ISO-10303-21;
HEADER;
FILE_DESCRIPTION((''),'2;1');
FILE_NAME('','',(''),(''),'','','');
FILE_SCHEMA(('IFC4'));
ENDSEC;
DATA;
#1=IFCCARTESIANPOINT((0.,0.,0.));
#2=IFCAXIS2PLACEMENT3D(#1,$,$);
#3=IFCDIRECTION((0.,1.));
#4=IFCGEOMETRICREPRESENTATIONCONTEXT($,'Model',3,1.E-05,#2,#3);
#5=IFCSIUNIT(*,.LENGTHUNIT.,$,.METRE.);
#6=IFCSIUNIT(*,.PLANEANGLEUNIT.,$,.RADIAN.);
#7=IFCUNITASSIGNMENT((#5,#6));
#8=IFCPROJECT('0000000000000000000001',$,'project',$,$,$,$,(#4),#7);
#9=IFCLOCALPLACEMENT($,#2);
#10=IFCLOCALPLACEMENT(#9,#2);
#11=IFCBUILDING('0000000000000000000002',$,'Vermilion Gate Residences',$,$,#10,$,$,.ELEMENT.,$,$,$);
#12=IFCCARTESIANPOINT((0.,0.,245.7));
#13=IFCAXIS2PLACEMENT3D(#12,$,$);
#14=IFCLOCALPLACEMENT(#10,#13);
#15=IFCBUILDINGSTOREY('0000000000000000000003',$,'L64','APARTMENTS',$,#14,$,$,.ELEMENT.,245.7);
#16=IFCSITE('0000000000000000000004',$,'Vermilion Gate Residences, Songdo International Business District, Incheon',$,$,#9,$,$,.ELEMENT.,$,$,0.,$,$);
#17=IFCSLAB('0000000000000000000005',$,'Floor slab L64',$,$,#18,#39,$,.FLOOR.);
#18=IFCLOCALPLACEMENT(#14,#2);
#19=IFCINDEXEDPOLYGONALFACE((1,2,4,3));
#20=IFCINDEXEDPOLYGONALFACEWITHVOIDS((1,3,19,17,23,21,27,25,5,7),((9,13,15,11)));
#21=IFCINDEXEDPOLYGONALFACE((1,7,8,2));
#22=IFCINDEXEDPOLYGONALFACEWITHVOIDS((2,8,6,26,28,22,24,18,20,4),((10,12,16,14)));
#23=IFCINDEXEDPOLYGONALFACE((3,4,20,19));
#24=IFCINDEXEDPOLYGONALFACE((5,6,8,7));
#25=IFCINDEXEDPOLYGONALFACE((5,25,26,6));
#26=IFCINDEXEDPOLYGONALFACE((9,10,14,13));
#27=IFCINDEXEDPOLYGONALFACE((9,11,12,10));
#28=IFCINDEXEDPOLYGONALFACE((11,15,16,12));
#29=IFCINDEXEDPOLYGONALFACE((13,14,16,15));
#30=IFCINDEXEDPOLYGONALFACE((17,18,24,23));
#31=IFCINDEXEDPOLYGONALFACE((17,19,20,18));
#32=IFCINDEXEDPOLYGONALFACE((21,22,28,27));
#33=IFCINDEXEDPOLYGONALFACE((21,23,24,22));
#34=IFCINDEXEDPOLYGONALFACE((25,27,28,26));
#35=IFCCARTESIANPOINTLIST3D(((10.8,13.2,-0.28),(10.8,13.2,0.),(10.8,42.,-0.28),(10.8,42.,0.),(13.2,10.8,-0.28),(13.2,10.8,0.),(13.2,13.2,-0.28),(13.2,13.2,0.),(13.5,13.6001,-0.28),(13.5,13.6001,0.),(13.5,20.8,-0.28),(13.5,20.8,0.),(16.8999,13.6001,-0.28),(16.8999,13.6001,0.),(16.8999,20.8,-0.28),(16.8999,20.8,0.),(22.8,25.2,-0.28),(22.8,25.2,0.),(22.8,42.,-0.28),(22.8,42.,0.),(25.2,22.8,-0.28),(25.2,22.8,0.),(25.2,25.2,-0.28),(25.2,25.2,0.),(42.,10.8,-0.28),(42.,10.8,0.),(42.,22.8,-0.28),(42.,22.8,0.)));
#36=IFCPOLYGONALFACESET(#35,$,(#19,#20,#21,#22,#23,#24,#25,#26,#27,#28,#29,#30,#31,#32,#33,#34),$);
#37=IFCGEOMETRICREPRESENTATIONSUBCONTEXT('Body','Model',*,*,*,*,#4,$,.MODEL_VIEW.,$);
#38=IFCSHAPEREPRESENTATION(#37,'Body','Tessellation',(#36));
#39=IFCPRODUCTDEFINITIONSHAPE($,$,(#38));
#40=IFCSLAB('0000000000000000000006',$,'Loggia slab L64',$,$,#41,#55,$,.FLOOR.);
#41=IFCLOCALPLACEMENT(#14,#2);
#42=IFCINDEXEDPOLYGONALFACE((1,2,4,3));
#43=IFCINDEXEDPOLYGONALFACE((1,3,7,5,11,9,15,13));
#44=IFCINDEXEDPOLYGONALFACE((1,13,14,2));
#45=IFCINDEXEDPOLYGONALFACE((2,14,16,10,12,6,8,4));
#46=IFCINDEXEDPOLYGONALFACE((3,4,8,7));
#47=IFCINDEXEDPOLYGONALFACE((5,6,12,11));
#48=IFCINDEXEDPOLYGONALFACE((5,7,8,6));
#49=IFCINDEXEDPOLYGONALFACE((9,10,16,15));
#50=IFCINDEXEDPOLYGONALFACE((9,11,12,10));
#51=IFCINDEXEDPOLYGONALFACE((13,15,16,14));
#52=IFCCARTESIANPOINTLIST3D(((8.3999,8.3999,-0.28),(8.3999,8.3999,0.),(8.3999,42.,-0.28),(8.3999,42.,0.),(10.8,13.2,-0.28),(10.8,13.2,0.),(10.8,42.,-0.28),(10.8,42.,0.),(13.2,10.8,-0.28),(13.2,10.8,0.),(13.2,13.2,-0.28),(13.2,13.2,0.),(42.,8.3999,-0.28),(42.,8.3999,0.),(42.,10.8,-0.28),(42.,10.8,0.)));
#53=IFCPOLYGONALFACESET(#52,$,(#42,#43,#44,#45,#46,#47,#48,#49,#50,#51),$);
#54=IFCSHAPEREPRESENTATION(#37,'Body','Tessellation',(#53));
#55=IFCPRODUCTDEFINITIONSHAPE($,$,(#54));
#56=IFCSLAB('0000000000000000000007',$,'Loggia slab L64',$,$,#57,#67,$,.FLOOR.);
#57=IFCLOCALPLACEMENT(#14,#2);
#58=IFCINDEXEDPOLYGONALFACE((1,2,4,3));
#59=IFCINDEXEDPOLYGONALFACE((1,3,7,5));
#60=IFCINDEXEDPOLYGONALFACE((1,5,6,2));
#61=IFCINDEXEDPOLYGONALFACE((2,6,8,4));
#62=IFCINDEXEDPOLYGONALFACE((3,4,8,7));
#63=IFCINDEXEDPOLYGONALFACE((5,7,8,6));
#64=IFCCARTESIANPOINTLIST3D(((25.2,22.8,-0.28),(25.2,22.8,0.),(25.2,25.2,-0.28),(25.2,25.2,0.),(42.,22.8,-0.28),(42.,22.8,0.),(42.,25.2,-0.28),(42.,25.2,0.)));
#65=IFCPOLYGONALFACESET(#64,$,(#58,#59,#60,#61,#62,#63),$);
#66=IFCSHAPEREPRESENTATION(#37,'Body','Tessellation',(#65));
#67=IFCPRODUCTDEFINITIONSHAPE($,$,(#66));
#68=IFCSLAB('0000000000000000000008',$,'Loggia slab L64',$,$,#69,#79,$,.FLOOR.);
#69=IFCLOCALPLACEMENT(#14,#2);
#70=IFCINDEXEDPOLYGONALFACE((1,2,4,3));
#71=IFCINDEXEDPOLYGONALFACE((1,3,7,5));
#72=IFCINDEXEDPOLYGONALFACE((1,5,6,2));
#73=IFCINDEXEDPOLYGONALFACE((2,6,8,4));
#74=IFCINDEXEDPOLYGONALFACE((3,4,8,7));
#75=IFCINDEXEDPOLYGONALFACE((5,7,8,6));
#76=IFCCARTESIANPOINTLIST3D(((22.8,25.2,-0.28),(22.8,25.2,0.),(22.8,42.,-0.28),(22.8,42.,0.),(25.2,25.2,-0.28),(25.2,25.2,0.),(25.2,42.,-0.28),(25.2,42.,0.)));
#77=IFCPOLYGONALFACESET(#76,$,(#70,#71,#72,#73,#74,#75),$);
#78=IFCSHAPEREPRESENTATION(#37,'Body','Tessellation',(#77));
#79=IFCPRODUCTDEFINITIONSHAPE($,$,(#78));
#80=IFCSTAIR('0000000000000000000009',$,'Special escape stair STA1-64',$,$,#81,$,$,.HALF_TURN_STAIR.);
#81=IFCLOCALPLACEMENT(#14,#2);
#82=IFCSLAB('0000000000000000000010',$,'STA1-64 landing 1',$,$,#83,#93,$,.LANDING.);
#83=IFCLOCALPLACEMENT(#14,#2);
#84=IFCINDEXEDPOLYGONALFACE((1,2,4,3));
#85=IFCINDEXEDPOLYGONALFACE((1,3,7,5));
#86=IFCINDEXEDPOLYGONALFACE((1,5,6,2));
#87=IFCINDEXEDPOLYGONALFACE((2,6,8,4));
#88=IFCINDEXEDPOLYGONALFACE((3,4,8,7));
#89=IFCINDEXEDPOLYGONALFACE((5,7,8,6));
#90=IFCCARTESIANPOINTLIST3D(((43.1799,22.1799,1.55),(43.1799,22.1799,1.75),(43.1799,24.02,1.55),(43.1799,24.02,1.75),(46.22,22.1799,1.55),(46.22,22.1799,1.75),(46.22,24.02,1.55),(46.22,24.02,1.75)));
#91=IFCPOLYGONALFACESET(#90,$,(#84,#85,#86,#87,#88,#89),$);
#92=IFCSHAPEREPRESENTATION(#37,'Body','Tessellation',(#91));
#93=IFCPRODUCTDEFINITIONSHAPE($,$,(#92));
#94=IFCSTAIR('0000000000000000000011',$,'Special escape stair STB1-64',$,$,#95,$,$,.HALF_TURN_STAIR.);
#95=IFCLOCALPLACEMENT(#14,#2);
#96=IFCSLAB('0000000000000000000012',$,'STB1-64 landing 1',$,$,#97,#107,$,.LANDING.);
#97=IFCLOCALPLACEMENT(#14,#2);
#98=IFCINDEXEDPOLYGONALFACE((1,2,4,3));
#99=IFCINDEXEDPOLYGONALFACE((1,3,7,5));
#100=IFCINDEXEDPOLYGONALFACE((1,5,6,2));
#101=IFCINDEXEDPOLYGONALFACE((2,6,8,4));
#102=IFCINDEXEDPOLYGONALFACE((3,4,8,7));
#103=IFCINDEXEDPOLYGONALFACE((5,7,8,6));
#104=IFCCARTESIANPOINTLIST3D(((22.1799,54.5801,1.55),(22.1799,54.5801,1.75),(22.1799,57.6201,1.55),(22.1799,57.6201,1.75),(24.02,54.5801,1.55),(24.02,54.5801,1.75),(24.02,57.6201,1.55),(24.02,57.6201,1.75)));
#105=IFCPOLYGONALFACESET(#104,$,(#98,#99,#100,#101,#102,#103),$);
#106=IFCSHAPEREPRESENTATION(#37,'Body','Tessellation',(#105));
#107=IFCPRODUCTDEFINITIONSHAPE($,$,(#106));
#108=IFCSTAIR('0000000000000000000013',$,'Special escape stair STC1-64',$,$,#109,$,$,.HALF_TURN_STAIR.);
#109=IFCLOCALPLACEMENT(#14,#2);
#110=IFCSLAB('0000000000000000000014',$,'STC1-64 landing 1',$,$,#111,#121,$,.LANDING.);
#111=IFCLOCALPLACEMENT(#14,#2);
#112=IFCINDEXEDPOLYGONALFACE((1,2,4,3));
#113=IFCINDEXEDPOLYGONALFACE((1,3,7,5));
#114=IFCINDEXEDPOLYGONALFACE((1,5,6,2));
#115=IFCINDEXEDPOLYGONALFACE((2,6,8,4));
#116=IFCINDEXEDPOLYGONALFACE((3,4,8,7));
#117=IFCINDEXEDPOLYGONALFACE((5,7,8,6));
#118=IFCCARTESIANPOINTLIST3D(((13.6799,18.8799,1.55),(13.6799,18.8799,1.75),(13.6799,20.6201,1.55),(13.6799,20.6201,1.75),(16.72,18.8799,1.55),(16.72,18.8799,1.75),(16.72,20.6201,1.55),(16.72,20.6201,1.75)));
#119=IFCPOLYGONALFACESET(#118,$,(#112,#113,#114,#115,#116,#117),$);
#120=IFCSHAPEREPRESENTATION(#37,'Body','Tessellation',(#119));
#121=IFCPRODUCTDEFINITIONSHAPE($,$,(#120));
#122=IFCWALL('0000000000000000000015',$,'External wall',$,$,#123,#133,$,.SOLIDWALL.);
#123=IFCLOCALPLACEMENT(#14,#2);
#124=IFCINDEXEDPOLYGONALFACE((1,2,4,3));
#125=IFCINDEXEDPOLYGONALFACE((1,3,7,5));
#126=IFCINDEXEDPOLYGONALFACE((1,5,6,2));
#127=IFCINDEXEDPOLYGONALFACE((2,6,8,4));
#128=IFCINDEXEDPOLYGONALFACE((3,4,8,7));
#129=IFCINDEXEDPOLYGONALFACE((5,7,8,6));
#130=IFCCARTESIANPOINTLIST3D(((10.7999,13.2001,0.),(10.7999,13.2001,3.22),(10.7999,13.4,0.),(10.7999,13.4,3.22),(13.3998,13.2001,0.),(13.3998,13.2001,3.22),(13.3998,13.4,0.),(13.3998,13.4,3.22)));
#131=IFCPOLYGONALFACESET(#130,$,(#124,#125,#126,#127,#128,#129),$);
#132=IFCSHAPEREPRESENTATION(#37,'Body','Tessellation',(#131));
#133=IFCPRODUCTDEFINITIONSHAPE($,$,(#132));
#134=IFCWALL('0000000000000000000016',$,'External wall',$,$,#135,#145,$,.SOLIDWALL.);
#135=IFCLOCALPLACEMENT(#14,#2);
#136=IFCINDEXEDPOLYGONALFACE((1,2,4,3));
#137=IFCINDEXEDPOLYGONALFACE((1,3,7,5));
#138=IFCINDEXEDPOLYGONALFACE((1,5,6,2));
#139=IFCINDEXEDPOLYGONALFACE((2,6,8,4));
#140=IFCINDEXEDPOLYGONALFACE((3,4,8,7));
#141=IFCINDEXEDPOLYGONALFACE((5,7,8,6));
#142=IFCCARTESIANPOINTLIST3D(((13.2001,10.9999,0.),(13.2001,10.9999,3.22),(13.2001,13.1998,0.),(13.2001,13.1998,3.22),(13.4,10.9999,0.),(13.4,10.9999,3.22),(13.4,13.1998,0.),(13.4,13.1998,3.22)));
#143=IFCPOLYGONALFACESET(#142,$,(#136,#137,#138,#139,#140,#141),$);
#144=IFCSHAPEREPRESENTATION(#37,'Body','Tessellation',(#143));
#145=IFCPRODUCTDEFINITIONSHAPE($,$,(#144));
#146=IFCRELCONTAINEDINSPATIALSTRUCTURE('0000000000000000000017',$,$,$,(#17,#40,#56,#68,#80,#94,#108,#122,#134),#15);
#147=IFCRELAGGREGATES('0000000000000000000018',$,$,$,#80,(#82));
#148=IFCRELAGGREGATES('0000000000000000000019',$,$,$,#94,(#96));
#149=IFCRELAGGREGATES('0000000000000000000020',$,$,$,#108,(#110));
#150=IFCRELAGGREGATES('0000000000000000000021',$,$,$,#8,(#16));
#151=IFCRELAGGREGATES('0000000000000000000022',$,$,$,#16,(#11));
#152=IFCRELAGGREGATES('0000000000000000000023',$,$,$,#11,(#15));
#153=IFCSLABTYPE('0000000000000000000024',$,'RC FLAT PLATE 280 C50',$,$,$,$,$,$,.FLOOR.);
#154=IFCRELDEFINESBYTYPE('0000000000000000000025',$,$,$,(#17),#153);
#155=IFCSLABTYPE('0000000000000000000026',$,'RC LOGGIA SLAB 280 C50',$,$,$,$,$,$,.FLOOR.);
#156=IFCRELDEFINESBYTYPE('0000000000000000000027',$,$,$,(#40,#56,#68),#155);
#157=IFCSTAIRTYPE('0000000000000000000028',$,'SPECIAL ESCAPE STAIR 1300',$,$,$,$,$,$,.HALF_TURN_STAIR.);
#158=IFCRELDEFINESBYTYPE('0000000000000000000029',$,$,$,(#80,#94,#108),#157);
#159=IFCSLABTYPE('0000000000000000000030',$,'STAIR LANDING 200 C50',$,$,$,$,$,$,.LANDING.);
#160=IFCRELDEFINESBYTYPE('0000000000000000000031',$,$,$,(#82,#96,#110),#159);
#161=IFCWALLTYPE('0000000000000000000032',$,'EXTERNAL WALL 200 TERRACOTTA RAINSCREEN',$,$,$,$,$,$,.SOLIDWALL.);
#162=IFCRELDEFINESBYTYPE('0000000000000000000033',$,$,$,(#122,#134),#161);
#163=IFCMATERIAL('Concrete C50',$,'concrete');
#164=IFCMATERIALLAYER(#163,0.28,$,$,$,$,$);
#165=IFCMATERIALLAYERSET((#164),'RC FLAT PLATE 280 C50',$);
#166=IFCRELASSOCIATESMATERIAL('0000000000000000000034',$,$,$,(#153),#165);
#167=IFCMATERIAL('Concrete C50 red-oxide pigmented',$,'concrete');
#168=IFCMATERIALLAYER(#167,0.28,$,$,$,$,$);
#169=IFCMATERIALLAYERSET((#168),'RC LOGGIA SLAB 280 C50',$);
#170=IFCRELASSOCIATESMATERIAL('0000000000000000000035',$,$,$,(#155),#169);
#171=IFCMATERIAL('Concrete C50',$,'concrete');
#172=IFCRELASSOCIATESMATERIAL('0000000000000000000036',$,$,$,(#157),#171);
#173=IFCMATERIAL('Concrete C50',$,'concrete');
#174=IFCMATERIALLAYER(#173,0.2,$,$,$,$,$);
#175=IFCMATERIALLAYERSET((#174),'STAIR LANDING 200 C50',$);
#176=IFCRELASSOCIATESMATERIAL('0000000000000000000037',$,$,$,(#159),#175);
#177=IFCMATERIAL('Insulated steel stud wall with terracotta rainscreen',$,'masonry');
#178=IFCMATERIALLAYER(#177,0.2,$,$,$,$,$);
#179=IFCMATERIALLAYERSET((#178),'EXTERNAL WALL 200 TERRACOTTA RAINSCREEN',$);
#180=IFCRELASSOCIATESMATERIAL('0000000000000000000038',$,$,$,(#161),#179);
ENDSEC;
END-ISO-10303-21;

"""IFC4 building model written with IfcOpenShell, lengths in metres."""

from ifc_helpers import new_model, si_unit, direction, frame, frame_2d, origin, place, context, subcontext, project, spatial, polyline, rectangle, outline, extrude, material, layer, layer_set, type_object, element, aggregate, save


model = new_model("IFC4")

# Units and contexts
model_context = context("Model", 3, precision=1e-05, world=origin(), true_north=direction((0.0, 1.0)))
body_context = subcontext(model_context, "Body", "Model", "MODEL_VIEW")
ifc_project = project(units=[si_unit("LENGTHUNIT", "METRE"), si_unit("PLANEANGLEUNIT", "RADIAN")], contexts=[model_context])

# Site, building, storey
site_placement = place(None, origin())
site = spatial("IfcSite", under=ifc_project, at=site_placement, Name="Vermilion Gate Residences, Songdo International Business District, Incheon", CompositionType="ELEMENT", RefElevation=0.0)
building_placement = place(site_placement, origin())
building = spatial("IfcBuilding", under=site, at=building_placement, Name="Vermilion Gate Residences", CompositionType="ELEMENT")
storey_placement = place(building_placement, frame((0.0, 0.0, 245.7)))
storey = spatial("IfcBuildingStorey", under=building, at=storey_placement, Name="L64", Description="APARTMENTS", CompositionType="ELEMENT", Elevation=245.7)

# Slabs
ifc_material_1 = material(Name="Concrete C50", Category="concrete")
ifc_layer_1 = layer(ifc_material_1, 0.28)
ifc_layer_set_1 = layer_set([ifc_layer_1], Name="RC FLAT PLATE 280 C50")
slab_type_1 = type_object("IfcSlabType", Name="RC FLAT PLATE 280 C50", PredefinedType="FLOOR", material=ifc_layer_set_1)
slab_1_placement = place(storey_placement, frame((0.0, 0.0, -0.28)))
element("IfcSlab", 1, at=slab_1_placement, inside=storey, type_object=slab_type_1, Name="Floor slab L64", PredefinedType="FLOOR", context=body_context, shape_type="SweptSolid", body=[
    extrude(outline(polyline([(22.8, 25.2), (22.8, 42.0), (10.8, 42.0), (10.8, 13.2), (13.2, 13.2), (13.2, 10.8), (42.0, 10.8), (42.0, 22.8), (25.2, 22.8), (25.2, 25.2), (22.8, 25.2)]), holes=[polyline([(13.5, 13.6001), (13.5, 20.8), (16.8999, 20.8), (16.8999, 13.6001), (13.5, 13.6001)])]), origin(), (0.0, 0.0, 1.0), 0.28),
])
ifc_material_2 = material(Name="Concrete C50 red-oxide pigmented", Category="concrete")
ifc_layer_2 = layer(ifc_material_2, 0.28)
ifc_layer_set_2 = layer_set([ifc_layer_2], Name="RC LOGGIA SLAB 280 C50")
slab_type_2 = type_object("IfcSlabType", Name="RC LOGGIA SLAB 280 C50", PredefinedType="FLOOR", material=ifc_layer_set_2)
slab_2_placement = place(storey_placement, frame((0.0, 0.0, -0.28)))
element("IfcSlab", 2, at=slab_2_placement, inside=storey, type_object=slab_type_2, Name="Loggia slab L64", PredefinedType="FLOOR", context=body_context, shape_type="SweptSolid", body=[
    extrude(outline(polyline([(8.3999, 8.3999), (42.0, 8.3999), (42.0, 10.8), (13.2, 10.8), (13.2, 13.2), (10.8, 13.2), (10.8, 42.0), (8.3999, 42.0), (8.3999, 8.3999)])), origin(), (0.0, 0.0, 1.0), 0.28),
])
slab_3_placement = place(storey_placement, frame((0.0, 0.0, -0.28)))
element("IfcSlab", 3, at=slab_3_placement, inside=storey, type_object=slab_type_2, Name="Loggia slab L64", PredefinedType="FLOOR", context=body_context, shape_type="SweptSolid", body=[
    extrude(outline(polyline([(25.2, 22.8), (42.0, 22.8), (42.0, 25.2), (25.2, 25.2), (25.2, 22.8)])), origin(), (0.0, 0.0, 1.0), 0.28),
])
slab_4_placement = place(storey_placement, frame((0.0, 0.0, -0.28)))
element("IfcSlab", 4, at=slab_4_placement, inside=storey, type_object=slab_type_2, Name="Loggia slab L64", PredefinedType="FLOOR", context=body_context, shape_type="SweptSolid", body=[
    extrude(outline(polyline([(25.2, 42.0), (22.8, 42.0), (22.8, 25.2), (25.2, 25.2), (25.2, 42.0)])), origin(), (0.0, 0.0, 1.0), 0.28),
])

# Stairs, slabs
ifc_material_3 = material(Name="Concrete C50", Category="concrete")
stair_type = type_object("IfcStairType", Name="SPECIAL ESCAPE STAIR 1300", PredefinedType="HALF_TURN_STAIR", material=ifc_material_3)
stair_1_placement = place(storey_placement, origin())
stair_1 = element("IfcStair", 5, at=stair_1_placement, inside=storey, type_object=stair_type, Name="Special escape stair STA1-64", PredefinedType="HALF_TURN_STAIR")
ifc_material_4 = material(Name="Concrete C50", Category="concrete")
ifc_layer_3 = layer(ifc_material_4, 0.2)
ifc_layer_set_3 = layer_set([ifc_layer_3], Name="STAIR LANDING 200 C50")
slab_type_3 = type_object("IfcSlabType", Name="STAIR LANDING 200 C50", PredefinedType="LANDING", material=ifc_layer_set_3)
slab_5_placement = place(storey_placement, frame((0.0, 0.0, 1.55)))
slab_5 = element("IfcSlab", 6, at=slab_5_placement, type_object=slab_type_3, Name="STA1-64 landing 1", PredefinedType="LANDING", context=body_context, shape_type="SweptSolid", body=[
    extrude(outline(polyline([(46.22, 22.1799), (46.22, 24.02), (43.1799, 24.02), (43.1799, 22.1799), (46.22, 22.1799)])), origin(), (0.0, 0.0, 1.0), 0.2),
])
aggregate(stair_1, [slab_5])
stair_2_placement = place(storey_placement, origin())
stair_2 = element("IfcStair", 7, at=stair_2_placement, inside=storey, type_object=stair_type, Name="Special escape stair STB1-64", PredefinedType="HALF_TURN_STAIR")
slab_6_placement = place(storey_placement, frame((0.0, 0.0, 1.55)))
slab_6 = element("IfcSlab", 8, at=slab_6_placement, type_object=slab_type_3, Name="STB1-64 landing 1", PredefinedType="LANDING", context=body_context, shape_type="SweptSolid", body=[
    extrude(outline(polyline([(24.02, 54.5801), (24.02, 57.6201), (22.1799, 57.6201), (22.1799, 54.5801), (24.02, 54.5801)])), origin(), (0.0, 0.0, 1.0), 0.2),
])
aggregate(stair_2, [slab_6])
stair_3_placement = place(storey_placement, origin())
stair_3 = element("IfcStair", 9, at=stair_3_placement, inside=storey, type_object=stair_type, Name="Special escape stair STC1-64", PredefinedType="HALF_TURN_STAIR")
slab_7_placement = place(storey_placement, frame((0.0, 0.0, 1.55)))
slab_7 = element("IfcSlab", 10, at=slab_7_placement, type_object=slab_type_3, Name="STC1-64 landing 1", PredefinedType="LANDING", context=body_context, shape_type="SweptSolid", body=[
    extrude(outline(polyline([(16.72, 18.8799), (16.72, 20.6201), (13.6799, 20.6201), (13.6799, 18.8799), (16.72, 18.8799)])), origin(), (0.0, 0.0, 1.0), 0.2),
])
aggregate(stair_3, [slab_7])

# Walls
ifc_material_5 = material(Name="Insulated steel stud wall with terracotta rainscreen", Category="masonry")
ifc_layer_4 = layer(ifc_material_5, 0.2)
ifc_layer_set_4 = layer_set([ifc_layer_4], Name="EXTERNAL WALL 200 TERRACOTTA RAINSCREEN")
wall_type_1 = type_object("IfcWallType", Name="EXTERNAL WALL 200 TERRACOTTA RAINSCREEN", PredefinedType="SOLIDWALL", material=ifc_layer_set_4)
wall_1_placement = place(storey_placement, frame((10.8, 13.3, 0.0), z_axis=(0.0, 0.0, 1.0), x_axis=(1.0, 0.0, 0.0)))
element("IfcWall", 11, at=wall_1_placement, inside=storey, type_object=wall_type_1, Name="External wall", PredefinedType="SOLIDWALL", context=body_context, shape_type="SweptSolid", body=[
    extrude(rectangle(XDim=2.5999, YDim=0.2, at=frame_2d((1.2998, 0.0))), origin(), (0.0, 0.0, 1.0), 3.22),
])
wall_2_placement = place(storey_placement, frame((13.3, 13.2, 0.0), z_axis=(0.0, 0.0, 1.0), x_axis=(0.0, -1.0, 0.0)))
element("IfcWall", 12, at=wall_2_placement, inside=storey, type_object=wall_type_1, Name="External wall", PredefinedType="SOLIDWALL", context=body_context, shape_type="SweptSolid", body=[
    extrude(rectangle(XDim=2.2, YDim=0.2, at=frame_2d((1.1001, 0.0))), origin(), (0.0, 0.0, 1.0), 3.22),
])

save(model, "model.ifc")
